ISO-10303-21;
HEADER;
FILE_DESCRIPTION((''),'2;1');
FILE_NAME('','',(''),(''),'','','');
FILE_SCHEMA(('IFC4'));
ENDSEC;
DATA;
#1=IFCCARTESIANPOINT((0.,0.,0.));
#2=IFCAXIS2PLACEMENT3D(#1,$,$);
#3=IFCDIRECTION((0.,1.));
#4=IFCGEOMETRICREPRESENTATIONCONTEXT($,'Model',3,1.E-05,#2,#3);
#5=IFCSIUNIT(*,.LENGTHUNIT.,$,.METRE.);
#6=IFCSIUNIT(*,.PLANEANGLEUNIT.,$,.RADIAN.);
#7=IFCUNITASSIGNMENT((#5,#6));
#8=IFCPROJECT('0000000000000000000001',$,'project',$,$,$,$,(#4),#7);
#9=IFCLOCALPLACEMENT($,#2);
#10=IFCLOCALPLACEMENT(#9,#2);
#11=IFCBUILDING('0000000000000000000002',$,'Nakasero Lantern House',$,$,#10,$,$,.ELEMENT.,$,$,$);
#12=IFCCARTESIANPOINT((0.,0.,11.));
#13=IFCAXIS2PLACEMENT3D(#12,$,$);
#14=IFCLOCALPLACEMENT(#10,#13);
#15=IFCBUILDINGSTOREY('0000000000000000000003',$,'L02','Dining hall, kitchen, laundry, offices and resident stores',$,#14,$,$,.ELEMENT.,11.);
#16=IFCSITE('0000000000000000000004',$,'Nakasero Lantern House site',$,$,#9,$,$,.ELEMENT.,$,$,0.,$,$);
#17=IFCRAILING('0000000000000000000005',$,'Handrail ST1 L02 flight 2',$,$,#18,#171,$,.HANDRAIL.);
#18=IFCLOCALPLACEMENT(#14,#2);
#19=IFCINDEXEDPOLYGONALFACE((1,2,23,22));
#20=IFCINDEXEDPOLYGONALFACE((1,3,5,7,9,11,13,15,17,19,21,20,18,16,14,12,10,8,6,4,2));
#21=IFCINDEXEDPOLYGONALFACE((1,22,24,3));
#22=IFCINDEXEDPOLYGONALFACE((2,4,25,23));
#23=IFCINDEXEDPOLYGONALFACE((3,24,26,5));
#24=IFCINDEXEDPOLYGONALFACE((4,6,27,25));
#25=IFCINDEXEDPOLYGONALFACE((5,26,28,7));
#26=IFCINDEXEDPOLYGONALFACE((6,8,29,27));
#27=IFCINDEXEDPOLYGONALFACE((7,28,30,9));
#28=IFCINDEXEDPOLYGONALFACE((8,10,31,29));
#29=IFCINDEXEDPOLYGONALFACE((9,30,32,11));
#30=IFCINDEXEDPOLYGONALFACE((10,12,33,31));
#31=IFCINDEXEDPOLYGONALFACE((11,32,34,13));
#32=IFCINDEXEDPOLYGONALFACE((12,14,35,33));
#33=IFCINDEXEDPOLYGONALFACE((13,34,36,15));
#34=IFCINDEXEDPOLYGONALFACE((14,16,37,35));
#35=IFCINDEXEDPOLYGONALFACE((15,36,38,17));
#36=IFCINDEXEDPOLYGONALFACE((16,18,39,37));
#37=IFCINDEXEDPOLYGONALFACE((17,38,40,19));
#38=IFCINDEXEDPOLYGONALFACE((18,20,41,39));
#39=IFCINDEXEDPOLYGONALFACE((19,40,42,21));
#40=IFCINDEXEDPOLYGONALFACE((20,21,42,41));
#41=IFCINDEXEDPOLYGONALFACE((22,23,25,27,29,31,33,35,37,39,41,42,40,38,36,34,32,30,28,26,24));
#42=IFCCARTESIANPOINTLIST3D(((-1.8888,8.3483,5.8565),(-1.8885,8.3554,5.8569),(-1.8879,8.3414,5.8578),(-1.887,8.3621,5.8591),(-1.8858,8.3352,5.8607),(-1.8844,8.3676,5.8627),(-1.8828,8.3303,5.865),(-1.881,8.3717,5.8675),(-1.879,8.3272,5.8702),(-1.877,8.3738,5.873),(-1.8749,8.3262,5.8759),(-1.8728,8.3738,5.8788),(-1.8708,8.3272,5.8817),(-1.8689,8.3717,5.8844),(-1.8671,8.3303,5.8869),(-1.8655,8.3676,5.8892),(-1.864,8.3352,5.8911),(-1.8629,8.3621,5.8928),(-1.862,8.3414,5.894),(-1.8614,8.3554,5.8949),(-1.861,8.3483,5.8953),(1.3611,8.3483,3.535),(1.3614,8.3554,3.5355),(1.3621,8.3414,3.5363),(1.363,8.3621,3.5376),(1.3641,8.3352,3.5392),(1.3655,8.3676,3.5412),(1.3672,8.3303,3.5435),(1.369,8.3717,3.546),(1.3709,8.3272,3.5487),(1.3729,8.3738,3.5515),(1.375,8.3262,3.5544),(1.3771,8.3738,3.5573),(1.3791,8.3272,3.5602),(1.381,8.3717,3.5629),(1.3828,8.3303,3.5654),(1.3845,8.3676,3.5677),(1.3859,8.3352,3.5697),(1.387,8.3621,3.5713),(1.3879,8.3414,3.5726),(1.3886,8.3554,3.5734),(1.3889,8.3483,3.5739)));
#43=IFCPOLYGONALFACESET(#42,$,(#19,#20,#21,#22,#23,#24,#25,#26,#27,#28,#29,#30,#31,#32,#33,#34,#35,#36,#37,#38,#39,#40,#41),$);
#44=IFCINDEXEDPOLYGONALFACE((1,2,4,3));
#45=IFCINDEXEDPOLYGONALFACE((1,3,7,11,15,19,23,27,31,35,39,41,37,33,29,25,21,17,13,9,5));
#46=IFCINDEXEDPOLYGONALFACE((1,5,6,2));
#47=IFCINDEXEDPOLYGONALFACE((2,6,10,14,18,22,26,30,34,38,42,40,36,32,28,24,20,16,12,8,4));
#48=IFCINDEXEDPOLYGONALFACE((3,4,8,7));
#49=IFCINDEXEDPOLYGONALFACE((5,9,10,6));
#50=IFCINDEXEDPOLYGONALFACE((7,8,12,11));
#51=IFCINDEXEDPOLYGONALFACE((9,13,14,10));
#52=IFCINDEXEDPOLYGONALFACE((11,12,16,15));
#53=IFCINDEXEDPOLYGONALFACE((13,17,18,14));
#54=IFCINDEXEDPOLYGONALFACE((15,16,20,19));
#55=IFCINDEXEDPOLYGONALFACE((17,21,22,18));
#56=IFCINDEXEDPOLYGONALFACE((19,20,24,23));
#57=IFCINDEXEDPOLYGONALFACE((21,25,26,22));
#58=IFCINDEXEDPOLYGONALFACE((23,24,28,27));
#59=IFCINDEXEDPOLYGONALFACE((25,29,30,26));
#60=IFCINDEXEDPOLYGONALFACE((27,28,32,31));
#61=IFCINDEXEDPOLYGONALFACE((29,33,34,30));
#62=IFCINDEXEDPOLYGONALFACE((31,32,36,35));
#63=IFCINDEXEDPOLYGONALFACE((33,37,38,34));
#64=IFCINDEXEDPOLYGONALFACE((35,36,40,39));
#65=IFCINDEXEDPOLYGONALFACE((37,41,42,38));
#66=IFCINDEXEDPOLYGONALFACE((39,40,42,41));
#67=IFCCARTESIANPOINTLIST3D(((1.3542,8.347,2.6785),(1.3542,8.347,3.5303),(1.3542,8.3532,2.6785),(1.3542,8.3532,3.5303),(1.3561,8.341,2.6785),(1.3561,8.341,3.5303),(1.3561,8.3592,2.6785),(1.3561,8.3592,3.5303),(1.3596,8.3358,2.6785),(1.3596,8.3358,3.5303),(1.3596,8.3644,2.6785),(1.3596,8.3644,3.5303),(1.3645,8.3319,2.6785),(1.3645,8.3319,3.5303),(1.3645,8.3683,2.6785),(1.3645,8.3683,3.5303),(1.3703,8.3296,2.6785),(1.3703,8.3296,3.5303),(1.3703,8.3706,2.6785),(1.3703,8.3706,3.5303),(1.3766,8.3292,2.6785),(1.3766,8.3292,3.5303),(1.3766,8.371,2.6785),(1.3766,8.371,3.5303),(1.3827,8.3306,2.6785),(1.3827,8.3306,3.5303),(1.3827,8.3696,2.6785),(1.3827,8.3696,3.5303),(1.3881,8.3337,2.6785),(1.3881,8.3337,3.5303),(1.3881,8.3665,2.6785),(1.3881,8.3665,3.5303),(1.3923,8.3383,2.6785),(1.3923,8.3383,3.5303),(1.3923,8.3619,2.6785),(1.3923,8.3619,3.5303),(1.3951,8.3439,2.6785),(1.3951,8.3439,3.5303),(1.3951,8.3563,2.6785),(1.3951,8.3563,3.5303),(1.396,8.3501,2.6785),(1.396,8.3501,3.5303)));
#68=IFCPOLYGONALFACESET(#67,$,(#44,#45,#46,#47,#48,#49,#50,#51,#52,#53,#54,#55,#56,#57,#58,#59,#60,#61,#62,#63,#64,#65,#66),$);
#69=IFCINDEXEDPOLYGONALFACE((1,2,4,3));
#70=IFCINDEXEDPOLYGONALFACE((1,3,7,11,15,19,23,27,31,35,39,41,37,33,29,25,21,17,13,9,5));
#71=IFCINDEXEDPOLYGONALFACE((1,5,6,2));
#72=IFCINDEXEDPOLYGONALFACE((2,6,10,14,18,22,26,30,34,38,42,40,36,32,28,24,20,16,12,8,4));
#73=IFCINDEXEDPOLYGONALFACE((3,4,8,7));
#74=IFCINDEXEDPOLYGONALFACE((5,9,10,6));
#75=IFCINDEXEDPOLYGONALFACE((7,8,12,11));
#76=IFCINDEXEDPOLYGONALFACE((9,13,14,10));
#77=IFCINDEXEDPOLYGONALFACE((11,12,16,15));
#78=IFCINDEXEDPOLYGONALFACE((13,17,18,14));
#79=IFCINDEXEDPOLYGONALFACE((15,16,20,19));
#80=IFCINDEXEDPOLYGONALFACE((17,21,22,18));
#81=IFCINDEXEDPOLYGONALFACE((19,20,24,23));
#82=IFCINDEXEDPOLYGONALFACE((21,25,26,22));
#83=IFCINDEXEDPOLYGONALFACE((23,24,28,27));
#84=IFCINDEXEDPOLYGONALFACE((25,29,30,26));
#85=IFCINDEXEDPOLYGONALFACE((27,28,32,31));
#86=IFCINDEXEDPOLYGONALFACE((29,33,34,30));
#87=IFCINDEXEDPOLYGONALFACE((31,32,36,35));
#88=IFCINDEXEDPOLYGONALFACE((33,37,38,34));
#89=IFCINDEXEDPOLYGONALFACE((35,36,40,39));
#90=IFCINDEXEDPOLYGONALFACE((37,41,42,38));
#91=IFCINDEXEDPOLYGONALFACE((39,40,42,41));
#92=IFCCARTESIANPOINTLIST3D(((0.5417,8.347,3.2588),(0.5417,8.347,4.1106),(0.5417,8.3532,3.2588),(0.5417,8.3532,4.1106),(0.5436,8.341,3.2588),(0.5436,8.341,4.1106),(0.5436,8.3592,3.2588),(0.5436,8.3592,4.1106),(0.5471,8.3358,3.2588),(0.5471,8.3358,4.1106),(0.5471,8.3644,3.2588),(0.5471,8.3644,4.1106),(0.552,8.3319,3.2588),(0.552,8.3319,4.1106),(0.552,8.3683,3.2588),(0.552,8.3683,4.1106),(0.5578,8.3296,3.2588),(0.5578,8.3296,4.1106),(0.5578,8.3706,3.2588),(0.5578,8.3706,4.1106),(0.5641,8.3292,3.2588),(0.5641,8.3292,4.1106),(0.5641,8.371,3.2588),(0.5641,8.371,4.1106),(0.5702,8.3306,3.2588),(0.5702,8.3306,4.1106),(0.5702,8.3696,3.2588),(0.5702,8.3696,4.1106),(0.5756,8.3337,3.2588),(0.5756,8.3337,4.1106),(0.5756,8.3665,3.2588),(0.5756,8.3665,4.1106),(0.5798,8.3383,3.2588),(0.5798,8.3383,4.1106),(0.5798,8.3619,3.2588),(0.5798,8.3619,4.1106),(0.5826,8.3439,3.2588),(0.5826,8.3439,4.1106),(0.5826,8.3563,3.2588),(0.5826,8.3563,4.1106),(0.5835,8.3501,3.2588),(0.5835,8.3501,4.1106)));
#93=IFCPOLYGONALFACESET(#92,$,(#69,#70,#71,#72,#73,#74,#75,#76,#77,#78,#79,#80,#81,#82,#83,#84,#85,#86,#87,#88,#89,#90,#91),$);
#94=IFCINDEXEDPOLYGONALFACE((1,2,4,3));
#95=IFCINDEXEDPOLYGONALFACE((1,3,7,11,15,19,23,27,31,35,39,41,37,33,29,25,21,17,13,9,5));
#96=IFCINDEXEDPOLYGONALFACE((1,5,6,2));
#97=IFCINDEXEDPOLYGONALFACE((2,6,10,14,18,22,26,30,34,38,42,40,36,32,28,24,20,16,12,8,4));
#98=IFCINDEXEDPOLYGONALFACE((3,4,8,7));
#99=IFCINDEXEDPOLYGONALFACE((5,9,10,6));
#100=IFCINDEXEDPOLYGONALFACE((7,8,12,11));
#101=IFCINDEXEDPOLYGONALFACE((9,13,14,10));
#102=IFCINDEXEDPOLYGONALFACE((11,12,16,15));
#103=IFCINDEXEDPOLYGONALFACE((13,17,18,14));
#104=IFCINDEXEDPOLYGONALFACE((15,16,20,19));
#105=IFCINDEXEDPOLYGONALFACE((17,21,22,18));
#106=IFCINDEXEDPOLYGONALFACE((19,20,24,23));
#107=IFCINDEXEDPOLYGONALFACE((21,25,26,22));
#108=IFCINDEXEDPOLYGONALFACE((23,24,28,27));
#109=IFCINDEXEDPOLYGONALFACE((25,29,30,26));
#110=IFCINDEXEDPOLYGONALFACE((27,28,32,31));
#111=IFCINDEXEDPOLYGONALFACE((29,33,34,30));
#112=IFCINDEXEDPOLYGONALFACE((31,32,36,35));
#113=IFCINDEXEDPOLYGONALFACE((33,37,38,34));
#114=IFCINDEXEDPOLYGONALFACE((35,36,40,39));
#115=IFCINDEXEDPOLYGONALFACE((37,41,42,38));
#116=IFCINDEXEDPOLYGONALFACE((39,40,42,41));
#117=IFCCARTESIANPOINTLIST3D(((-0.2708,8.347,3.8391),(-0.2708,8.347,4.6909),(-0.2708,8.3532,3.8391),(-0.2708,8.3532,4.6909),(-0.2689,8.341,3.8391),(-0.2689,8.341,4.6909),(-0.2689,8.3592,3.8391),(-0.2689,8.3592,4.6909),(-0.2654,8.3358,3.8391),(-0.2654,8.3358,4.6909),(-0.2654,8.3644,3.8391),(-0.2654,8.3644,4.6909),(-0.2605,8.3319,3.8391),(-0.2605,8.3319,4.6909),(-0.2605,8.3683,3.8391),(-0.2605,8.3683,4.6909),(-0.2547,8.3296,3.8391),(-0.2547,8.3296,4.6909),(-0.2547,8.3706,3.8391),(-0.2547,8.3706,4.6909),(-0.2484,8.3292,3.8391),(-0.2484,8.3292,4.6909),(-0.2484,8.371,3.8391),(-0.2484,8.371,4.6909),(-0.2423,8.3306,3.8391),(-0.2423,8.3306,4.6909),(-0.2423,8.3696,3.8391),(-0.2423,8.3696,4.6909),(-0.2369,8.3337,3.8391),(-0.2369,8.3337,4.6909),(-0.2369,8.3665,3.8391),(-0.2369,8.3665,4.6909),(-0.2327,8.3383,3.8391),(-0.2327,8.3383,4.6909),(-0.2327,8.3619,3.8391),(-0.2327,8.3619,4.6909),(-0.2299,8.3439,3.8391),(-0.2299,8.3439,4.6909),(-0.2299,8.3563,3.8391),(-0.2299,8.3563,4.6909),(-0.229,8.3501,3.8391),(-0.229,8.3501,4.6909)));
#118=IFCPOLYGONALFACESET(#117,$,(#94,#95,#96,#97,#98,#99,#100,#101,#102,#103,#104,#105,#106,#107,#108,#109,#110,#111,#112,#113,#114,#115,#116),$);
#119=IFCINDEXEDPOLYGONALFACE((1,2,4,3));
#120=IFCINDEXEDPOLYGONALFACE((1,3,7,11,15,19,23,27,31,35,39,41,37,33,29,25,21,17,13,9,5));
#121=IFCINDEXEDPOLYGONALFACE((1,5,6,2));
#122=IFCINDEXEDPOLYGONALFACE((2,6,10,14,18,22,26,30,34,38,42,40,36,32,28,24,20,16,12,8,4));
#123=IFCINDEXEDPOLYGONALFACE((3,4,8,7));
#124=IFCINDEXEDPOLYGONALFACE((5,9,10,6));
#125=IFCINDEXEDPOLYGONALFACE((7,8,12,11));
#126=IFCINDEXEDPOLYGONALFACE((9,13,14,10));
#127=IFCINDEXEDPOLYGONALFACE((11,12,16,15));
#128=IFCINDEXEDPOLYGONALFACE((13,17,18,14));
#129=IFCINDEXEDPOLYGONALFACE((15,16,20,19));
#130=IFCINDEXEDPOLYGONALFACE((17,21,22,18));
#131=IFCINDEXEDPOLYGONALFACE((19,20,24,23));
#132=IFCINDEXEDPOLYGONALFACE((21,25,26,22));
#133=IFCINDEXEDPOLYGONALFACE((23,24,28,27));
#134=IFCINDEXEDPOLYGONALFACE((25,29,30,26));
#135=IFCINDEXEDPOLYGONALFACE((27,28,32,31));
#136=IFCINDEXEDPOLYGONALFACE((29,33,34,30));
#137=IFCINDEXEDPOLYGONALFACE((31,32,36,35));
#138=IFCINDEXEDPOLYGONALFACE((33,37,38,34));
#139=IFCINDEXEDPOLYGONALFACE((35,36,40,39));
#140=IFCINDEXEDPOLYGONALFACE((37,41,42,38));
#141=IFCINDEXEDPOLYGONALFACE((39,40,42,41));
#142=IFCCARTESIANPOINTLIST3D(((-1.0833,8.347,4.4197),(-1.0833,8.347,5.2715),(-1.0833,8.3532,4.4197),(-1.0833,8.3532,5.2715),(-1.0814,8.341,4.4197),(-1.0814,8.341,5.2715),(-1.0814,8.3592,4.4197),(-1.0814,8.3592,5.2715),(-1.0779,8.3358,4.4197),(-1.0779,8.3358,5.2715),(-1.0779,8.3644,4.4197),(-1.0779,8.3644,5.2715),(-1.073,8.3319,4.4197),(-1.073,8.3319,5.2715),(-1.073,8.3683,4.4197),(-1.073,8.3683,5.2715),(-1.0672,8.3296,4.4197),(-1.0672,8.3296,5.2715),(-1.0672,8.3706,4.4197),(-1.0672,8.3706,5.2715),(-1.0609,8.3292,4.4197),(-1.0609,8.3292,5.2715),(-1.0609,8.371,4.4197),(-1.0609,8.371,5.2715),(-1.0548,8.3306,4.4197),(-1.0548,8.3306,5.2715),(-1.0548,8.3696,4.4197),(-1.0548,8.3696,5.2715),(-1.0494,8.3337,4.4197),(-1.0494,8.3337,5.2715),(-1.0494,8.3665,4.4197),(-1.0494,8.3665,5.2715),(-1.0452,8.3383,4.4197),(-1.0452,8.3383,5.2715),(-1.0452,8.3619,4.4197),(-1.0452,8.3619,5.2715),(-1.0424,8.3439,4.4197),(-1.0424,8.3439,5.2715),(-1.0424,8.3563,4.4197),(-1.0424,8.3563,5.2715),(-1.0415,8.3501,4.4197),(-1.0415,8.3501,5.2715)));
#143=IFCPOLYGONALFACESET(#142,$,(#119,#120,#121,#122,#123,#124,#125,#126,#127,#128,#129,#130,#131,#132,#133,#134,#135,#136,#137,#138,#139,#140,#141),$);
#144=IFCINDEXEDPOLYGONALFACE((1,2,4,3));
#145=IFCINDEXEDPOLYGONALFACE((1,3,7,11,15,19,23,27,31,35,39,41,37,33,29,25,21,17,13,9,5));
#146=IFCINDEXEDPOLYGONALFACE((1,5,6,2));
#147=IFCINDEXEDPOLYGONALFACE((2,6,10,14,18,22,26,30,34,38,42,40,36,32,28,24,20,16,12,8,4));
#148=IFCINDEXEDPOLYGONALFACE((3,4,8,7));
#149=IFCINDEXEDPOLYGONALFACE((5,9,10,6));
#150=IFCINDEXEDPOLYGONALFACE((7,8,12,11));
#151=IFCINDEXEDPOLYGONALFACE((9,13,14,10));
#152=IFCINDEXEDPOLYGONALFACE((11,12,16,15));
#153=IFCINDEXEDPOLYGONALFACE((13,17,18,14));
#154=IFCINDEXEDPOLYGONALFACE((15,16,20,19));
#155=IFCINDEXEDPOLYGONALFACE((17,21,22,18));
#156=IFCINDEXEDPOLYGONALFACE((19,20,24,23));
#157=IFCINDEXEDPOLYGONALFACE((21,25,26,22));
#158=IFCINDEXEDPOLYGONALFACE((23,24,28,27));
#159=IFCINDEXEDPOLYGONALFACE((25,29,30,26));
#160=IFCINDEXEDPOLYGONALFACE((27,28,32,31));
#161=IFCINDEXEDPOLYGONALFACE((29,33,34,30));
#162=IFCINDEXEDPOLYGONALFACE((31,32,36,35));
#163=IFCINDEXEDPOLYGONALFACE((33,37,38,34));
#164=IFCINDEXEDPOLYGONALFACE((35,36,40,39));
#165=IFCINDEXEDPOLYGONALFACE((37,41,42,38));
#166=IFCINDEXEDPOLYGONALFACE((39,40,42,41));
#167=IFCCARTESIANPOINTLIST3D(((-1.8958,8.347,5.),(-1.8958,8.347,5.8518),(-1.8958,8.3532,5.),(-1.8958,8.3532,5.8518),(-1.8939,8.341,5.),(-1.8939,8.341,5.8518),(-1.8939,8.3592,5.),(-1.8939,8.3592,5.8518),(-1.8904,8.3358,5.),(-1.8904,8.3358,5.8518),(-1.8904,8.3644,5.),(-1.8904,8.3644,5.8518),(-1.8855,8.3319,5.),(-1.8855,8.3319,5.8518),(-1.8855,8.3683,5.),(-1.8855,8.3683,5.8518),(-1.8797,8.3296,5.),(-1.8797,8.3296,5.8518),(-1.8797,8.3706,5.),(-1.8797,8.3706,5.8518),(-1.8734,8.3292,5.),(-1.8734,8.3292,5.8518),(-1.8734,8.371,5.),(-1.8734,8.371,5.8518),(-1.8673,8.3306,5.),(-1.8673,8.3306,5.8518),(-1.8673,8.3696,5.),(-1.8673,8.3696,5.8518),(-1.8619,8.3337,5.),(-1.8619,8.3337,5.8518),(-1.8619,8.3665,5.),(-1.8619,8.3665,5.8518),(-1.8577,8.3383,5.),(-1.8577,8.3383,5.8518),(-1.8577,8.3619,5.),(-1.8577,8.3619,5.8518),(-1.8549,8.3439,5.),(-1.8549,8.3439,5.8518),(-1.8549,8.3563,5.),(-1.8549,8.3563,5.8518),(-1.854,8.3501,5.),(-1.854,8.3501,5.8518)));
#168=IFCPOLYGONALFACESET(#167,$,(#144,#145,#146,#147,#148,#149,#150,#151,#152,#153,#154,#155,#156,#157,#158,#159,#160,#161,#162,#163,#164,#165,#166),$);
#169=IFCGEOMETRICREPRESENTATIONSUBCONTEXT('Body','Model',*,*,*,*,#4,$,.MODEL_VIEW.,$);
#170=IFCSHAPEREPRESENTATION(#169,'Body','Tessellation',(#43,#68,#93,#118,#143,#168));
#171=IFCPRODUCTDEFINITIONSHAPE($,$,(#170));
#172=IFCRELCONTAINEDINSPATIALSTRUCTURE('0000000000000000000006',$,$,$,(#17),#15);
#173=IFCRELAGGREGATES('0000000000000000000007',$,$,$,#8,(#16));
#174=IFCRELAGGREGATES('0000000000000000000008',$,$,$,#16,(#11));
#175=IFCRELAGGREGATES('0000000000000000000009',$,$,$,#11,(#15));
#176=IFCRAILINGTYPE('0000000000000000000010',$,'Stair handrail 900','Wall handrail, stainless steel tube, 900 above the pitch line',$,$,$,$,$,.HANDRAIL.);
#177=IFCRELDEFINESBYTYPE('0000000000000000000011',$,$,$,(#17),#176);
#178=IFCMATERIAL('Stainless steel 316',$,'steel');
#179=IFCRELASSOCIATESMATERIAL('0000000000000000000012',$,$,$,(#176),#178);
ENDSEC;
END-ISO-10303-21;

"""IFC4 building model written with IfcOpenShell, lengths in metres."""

from ifc_helpers import new_model, si_unit, direction, frame, origin, origin_2d, place, context, subcontext, project, spatial, circle, extrude, material, type_object, element, save


model = new_model("IFC4")

# Units and contexts
model_context = context("Model", 3, precision=1e-05, world=origin(), true_north=direction((0.0, 1.0)))
body_context = subcontext(model_context, "Body", "Model", "MODEL_VIEW")
ifc_project = project(units=[si_unit("LENGTHUNIT", "METRE"), si_unit("PLANEANGLEUNIT", "RADIAN")], contexts=[model_context])

# Site, building, storey
site_placement = place(None, origin())
site = spatial("IfcSite", under=ifc_project, at=site_placement, Name="Nakasero Lantern House site", CompositionType="ELEMENT", RefElevation=0.0)
building_placement = place(site_placement, origin())
building = spatial("IfcBuilding", under=site, at=building_placement, Name="Nakasero Lantern House", CompositionType="ELEMENT")
storey_placement = place(building_placement, frame((0.0, 0.0, 11.0)))
storey = spatial("IfcBuildingStorey", under=building, at=storey_placement, Name="L02", Description="Dining hall, kitchen, laundry, offices and resident stores", CompositionType="ELEMENT", Elevation=11.0)

# Railing
ifc_material_1 = material(Name="Stainless steel 316", Category="steel")
railing_type = type_object("IfcRailingType", Name="Stair handrail 900", Description="Wall handrail, stainless steel tube, 900 above the pitch line", PredefinedType="HANDRAIL", material=ifc_material_1)
railing_placement = place(storey_placement, frame((1.375, 8.3501, 2.6785)))
element("IfcRailing", 1, at=railing_placement, inside=storey, type_object=railing_type, Name="Handrail ST1 L02 flight 2", PredefinedType="HANDRAIL", context=body_context, shape_type="SweptSolid", body=[
    extrude(circle(Radius=0.0239, at=origin_2d()), frame((0.0, 0.0, 0.876), z_axis=(-0.813721, 0.0, 0.581256), x_axis=(0.0, -1.0, 0.0)), (0.0, 0.0, 1.0), 3.9939),
    extrude(circle(Radius=0.021, at=origin_2d()), origin(), (0.0, 0.0, 1.0), 0.8518),
    extrude(circle(Radius=0.021, at=origin_2d()), frame((-0.8125, 0.0, 0.5803)), (0.0, 0.0, 1.0), 0.8518),
    extrude(circle(Radius=0.021, at=origin_2d()), frame((-1.625, 0.0, 1.1606)), (0.0, 0.0, 1.0), 0.8518),
    extrude(circle(Radius=0.021, at=origin_2d()), frame((-2.4375, 0.0, 1.7412)), (0.0, 0.0, 1.0), 0.8518),
    extrude(circle(Radius=0.021, at=origin_2d()), frame((-3.25, 0.0, 2.3215)), (0.0, 0.0, 1.0), 0.8518),
])

save(model, "model.ifc")
